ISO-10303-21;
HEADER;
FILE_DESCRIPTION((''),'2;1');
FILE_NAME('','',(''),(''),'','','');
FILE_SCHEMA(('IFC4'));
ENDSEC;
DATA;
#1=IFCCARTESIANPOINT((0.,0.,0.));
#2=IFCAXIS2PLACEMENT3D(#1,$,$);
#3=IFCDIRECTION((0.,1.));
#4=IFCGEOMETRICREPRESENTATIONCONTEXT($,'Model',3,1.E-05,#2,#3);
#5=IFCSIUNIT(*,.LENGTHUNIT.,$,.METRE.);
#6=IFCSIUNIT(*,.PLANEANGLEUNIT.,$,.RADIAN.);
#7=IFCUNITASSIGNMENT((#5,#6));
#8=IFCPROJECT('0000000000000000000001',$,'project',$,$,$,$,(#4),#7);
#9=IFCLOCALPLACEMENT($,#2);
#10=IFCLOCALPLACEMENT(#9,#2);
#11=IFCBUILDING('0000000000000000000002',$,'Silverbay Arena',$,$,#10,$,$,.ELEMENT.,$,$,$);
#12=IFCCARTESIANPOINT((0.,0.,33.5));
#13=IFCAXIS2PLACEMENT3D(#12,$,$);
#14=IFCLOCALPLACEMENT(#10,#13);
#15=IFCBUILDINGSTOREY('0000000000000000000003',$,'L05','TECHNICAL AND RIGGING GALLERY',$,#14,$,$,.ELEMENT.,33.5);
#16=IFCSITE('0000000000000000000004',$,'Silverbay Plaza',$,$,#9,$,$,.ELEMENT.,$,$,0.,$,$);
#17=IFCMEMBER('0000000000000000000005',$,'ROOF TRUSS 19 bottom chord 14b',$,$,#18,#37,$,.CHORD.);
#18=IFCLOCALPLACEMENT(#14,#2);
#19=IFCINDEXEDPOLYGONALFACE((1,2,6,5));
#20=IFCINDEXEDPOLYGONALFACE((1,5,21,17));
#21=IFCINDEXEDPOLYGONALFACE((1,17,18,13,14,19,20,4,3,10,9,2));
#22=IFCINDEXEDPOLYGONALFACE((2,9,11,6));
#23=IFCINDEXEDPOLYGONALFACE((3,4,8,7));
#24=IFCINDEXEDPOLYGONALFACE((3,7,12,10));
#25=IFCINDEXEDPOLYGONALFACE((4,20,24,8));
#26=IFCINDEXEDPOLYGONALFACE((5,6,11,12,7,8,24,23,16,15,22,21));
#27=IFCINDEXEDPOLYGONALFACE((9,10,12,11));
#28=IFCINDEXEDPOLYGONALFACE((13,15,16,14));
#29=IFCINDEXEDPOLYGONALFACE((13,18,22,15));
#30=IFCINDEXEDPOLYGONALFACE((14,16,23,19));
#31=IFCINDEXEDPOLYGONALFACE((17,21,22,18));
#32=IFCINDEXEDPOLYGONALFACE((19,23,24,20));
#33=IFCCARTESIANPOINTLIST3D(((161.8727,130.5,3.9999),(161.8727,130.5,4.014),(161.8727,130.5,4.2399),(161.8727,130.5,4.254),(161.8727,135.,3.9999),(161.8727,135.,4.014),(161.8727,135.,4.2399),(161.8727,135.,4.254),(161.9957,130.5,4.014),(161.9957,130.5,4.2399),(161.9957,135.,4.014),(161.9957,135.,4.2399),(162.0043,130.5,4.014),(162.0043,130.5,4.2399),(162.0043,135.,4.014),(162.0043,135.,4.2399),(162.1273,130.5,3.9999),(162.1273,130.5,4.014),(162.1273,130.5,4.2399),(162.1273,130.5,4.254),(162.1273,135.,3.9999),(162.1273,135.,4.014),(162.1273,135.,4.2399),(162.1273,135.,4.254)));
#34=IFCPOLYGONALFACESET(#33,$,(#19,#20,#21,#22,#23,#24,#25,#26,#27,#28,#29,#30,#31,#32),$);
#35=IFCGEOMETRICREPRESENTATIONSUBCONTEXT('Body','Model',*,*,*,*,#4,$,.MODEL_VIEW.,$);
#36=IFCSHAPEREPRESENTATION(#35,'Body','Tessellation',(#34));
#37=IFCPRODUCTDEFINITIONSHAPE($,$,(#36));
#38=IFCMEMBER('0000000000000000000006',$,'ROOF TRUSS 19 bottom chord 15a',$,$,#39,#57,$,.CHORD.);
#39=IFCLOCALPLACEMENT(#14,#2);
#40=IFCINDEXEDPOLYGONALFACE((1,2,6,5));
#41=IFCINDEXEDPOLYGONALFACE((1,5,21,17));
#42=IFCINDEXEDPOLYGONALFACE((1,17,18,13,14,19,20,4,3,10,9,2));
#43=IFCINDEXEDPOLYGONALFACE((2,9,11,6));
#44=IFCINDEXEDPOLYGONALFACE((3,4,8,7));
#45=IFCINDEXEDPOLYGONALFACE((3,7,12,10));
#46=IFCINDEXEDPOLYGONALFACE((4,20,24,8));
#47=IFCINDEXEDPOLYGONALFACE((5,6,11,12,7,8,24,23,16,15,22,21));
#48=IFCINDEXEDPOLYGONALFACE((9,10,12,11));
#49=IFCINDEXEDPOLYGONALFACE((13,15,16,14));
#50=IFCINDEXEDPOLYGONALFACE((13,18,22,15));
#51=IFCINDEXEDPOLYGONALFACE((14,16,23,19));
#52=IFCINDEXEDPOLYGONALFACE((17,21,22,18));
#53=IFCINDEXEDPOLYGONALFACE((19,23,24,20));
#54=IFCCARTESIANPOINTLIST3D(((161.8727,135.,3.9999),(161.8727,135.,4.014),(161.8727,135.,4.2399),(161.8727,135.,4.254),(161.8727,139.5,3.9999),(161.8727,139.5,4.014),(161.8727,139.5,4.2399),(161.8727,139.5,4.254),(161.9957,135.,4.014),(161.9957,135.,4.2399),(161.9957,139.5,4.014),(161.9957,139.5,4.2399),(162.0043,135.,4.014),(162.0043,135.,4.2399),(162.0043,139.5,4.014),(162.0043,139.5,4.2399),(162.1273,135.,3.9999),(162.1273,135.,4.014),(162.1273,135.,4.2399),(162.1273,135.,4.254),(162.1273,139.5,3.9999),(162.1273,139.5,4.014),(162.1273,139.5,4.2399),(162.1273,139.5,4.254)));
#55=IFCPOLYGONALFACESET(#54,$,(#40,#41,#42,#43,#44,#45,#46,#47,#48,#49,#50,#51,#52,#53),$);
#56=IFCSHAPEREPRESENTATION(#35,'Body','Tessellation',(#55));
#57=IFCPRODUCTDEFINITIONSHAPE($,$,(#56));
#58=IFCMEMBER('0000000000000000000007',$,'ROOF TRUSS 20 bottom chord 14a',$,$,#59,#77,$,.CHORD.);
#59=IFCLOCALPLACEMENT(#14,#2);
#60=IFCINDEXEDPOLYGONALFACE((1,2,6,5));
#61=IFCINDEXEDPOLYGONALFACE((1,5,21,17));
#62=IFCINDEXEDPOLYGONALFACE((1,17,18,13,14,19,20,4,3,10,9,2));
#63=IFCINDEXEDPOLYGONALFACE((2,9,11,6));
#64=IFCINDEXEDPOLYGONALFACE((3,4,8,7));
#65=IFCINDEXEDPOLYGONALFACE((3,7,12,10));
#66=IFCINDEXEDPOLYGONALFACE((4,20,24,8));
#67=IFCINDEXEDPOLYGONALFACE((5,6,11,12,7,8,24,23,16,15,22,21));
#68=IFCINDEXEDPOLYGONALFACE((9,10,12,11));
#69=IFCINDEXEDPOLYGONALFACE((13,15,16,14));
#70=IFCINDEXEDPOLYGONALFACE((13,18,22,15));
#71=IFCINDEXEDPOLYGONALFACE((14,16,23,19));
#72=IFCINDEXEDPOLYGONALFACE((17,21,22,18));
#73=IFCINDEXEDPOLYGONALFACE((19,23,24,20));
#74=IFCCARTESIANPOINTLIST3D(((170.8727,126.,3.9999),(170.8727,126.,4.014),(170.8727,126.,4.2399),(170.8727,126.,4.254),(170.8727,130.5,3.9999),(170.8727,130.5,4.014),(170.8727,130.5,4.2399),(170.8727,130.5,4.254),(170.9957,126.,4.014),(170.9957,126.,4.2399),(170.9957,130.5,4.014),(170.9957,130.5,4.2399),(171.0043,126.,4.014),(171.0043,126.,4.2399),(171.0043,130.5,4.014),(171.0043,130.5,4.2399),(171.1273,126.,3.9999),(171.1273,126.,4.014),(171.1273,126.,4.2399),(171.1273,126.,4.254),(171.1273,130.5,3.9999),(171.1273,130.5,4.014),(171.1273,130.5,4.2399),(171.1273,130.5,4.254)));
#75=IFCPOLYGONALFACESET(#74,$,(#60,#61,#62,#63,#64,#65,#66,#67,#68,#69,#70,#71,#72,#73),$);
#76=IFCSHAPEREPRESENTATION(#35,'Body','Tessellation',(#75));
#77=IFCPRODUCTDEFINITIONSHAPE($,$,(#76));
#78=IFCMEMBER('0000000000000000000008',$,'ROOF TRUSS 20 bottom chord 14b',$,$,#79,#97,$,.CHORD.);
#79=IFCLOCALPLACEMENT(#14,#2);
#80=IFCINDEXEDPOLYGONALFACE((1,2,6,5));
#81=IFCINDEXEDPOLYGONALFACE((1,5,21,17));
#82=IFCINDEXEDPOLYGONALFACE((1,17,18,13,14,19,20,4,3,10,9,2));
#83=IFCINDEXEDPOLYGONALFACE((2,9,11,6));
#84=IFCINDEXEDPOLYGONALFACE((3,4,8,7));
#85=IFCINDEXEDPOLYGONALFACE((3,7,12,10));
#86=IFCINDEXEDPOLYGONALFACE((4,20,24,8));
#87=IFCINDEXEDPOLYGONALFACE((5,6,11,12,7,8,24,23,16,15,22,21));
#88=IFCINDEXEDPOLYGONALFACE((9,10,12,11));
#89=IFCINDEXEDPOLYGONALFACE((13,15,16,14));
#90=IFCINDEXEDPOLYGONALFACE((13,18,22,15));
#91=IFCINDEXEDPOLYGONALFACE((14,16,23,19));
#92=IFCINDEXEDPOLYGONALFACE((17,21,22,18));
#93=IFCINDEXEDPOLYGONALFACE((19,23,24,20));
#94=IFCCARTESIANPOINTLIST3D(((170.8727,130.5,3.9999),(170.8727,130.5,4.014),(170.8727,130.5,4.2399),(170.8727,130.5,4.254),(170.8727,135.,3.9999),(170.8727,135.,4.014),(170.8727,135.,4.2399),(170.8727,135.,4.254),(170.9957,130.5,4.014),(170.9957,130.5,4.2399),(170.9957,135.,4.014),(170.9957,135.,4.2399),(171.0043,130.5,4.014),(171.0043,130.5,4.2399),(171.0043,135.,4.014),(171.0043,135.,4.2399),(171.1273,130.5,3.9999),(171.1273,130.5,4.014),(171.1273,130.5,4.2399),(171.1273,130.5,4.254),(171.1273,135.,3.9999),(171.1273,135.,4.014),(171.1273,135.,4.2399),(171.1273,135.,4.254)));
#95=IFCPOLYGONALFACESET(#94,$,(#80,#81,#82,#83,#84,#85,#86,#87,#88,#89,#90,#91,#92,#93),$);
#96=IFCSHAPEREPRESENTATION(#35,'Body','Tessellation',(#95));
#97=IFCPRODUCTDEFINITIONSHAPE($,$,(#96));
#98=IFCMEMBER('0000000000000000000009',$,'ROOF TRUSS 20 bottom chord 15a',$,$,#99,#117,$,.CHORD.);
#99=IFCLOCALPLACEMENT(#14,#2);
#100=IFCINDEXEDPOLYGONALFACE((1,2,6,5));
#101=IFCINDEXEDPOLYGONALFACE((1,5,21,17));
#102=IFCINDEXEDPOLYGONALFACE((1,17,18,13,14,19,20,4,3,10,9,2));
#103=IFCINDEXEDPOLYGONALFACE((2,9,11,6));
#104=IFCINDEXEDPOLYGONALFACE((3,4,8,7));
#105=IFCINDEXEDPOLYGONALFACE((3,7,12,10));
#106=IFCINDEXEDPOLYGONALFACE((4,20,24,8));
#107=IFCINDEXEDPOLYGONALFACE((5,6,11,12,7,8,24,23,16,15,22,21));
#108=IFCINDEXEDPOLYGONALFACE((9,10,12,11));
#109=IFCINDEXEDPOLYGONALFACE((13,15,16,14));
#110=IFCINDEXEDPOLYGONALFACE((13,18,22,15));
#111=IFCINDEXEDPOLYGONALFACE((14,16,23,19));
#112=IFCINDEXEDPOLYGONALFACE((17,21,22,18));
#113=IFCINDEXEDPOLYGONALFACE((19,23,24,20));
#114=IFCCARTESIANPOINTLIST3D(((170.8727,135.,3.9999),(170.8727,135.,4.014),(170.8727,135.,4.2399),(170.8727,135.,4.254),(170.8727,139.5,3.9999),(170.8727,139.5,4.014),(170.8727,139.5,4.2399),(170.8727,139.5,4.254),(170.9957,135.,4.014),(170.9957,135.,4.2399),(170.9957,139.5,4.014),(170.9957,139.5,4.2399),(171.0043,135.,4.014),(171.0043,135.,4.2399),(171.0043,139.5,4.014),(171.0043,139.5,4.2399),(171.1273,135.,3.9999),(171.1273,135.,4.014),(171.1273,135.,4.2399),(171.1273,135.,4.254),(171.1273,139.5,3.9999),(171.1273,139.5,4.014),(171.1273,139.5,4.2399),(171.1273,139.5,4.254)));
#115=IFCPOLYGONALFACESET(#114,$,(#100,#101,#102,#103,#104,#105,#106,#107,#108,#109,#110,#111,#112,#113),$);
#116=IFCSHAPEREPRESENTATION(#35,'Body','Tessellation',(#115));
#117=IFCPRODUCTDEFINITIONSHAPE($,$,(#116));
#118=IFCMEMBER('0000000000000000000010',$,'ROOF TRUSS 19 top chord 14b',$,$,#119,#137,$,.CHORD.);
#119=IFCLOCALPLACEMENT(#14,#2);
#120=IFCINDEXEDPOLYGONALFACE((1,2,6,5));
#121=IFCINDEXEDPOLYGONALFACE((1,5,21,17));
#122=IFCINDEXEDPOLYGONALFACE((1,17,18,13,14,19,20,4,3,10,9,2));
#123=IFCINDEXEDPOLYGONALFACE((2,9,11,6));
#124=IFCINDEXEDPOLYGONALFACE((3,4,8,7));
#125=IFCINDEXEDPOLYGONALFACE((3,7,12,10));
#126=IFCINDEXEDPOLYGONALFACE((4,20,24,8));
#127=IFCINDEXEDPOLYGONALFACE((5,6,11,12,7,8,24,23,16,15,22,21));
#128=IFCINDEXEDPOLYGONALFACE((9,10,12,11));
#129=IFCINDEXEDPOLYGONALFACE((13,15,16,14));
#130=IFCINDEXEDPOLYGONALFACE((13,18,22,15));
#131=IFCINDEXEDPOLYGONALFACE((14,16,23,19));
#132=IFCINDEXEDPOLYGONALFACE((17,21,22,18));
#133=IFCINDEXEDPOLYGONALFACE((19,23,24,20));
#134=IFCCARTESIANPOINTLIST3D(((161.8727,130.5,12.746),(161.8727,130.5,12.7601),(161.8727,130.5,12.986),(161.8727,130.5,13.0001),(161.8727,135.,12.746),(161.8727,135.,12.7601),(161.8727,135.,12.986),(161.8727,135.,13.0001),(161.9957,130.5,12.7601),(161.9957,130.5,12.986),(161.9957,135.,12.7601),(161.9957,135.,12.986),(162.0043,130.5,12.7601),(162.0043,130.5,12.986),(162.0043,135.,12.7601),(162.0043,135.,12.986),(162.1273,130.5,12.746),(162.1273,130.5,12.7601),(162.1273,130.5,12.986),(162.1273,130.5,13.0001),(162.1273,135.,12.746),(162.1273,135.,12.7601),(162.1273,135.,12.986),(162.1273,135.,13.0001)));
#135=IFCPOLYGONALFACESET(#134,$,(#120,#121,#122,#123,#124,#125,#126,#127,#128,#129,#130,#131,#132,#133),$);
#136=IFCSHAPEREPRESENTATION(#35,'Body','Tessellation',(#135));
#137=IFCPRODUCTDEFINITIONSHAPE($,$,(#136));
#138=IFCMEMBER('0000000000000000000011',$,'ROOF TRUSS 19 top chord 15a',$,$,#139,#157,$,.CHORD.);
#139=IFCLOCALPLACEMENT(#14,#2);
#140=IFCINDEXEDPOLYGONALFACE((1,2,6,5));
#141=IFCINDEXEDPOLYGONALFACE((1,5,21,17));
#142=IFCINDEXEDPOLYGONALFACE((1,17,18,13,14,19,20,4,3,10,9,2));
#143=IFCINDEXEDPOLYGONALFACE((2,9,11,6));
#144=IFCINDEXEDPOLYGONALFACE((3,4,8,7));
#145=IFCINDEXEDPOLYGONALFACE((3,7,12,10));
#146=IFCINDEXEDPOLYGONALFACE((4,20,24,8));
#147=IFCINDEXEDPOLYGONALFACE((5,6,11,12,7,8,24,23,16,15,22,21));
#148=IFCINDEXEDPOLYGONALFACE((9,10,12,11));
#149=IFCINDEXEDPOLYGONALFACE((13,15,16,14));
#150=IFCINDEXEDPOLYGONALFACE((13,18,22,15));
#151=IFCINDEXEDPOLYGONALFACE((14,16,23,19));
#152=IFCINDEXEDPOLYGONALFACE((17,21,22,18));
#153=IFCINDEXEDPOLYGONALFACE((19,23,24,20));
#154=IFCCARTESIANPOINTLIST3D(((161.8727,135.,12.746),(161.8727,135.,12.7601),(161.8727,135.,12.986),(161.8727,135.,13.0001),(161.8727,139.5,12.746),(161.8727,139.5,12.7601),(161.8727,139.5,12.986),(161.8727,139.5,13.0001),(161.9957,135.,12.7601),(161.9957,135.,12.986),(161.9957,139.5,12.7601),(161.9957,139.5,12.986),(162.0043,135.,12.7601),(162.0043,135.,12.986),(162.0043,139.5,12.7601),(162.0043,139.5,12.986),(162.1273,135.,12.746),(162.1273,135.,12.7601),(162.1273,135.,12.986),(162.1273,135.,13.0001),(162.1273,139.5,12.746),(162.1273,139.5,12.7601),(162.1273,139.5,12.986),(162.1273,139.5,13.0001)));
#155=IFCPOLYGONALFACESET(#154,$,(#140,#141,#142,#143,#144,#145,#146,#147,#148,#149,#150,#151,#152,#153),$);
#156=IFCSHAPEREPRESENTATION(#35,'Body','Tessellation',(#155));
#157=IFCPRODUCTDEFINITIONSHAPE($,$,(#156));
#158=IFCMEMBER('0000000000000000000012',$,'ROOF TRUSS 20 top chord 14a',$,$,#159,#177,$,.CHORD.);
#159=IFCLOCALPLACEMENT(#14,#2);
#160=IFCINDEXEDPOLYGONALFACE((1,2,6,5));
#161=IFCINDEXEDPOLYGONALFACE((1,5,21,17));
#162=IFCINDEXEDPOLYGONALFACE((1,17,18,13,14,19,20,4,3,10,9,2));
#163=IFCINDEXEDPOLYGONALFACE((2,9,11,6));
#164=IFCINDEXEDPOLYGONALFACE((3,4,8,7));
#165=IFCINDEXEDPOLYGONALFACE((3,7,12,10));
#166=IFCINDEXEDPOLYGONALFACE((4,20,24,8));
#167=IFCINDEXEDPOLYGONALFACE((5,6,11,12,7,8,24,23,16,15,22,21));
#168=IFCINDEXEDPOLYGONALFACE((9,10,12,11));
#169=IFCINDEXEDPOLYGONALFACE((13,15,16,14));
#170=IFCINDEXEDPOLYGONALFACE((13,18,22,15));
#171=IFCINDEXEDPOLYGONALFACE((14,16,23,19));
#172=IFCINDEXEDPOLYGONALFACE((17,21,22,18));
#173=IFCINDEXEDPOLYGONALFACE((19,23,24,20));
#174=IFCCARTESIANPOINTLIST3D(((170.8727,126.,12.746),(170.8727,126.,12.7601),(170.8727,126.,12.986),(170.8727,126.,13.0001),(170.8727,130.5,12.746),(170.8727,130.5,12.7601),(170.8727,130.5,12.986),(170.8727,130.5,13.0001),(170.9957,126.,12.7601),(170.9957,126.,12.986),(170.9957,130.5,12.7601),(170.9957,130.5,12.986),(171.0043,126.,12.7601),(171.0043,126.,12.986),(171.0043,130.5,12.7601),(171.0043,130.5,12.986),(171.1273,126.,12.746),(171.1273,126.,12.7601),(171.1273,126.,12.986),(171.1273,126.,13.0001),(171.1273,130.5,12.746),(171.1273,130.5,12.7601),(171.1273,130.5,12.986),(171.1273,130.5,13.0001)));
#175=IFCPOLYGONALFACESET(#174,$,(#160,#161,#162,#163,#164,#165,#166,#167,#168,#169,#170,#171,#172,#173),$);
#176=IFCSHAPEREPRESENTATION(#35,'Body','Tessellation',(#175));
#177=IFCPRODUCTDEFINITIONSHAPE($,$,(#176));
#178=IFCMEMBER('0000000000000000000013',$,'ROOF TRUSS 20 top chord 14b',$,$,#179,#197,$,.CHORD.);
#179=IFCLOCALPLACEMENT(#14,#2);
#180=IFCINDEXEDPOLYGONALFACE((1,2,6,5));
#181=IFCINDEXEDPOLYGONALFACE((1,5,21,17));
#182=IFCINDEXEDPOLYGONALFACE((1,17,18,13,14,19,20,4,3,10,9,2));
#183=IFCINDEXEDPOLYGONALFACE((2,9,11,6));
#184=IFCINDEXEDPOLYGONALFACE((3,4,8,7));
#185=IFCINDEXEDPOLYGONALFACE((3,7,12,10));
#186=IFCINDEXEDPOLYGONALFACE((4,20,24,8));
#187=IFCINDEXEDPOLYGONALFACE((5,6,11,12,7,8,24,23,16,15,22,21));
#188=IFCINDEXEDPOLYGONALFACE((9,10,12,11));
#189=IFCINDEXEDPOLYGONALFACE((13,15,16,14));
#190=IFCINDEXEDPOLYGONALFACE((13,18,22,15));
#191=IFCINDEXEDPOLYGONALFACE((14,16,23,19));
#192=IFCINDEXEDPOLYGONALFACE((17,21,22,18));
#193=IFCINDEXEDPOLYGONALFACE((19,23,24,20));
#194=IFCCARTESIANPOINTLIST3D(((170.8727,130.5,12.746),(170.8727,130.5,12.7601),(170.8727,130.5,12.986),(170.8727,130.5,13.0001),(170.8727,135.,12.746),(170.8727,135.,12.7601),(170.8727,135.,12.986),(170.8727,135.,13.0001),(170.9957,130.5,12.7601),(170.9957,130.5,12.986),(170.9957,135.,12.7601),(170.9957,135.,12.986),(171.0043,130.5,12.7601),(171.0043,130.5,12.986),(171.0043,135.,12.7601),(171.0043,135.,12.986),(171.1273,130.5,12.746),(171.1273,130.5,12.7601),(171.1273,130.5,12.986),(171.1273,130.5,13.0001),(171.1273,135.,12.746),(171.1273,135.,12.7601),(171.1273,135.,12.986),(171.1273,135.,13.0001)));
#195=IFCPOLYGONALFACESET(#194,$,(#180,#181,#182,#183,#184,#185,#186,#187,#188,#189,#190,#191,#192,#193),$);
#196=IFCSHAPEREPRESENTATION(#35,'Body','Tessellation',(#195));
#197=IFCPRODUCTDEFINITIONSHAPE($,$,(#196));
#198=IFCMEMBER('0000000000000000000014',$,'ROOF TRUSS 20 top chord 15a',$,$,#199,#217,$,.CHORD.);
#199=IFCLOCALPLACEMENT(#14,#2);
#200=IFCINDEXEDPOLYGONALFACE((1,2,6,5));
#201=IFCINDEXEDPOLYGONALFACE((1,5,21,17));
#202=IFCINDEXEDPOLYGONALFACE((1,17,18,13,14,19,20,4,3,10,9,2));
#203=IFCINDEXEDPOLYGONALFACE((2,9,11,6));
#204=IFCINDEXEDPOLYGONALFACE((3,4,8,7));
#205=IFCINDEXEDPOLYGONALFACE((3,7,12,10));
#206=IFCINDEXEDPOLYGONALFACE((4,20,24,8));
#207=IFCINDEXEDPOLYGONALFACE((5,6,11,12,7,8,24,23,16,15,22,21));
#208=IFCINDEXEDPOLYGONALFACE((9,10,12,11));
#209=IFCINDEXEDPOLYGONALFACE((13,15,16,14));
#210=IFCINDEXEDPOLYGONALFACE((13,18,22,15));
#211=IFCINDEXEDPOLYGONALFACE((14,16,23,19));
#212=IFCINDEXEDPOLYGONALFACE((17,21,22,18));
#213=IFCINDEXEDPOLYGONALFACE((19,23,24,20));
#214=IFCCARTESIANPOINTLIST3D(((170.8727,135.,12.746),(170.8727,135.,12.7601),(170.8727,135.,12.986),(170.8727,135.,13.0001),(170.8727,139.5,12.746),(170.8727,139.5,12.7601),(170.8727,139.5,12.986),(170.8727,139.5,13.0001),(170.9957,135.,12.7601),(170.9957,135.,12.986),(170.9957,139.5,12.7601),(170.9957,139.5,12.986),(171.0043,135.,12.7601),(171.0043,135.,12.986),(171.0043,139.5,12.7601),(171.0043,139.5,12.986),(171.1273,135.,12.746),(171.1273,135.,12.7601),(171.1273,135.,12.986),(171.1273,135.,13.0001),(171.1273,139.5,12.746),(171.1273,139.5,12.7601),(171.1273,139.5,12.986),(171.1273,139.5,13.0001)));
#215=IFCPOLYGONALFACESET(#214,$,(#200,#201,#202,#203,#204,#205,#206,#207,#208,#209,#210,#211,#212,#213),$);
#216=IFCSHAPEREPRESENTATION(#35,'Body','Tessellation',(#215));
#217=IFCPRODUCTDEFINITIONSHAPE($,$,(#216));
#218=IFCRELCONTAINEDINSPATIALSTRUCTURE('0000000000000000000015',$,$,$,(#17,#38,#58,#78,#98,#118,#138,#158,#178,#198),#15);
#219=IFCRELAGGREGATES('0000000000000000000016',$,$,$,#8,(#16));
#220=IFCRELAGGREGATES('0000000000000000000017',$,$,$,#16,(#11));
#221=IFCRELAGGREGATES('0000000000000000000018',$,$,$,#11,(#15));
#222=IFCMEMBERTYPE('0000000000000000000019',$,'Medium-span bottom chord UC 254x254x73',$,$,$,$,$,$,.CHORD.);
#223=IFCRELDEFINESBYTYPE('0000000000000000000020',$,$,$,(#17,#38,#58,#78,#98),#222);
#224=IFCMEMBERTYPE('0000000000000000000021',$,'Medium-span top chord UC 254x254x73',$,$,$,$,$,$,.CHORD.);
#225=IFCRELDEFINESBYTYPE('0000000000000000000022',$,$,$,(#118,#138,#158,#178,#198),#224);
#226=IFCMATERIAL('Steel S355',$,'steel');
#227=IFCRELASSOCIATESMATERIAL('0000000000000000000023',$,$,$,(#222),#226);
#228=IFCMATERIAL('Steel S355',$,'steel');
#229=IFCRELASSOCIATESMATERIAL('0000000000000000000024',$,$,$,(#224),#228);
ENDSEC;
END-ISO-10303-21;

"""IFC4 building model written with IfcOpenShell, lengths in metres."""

from ifc_helpers import new_model, si_unit, direction, frame, origin, origin_2d, place, context, subcontext, project, spatial, i_section, extrude, material, material_profile, profile_set, type_object, element, save


model = new_model("IFC4")

# Units and contexts
model_context = context("Model", 3, precision=1e-05, world=origin(), true_north=direction((0.0, 1.0)))
body_context = subcontext(model_context, "Body", "Model", "MODEL_VIEW")
ifc_project = project(units=[si_unit("LENGTHUNIT", "METRE"), si_unit("PLANEANGLEUNIT", "RADIAN")], contexts=[model_context])

# Site, building, storey
site_placement = place(None, origin())
site = spatial("IfcSite", under=ifc_project, at=site_placement, Name="Silverbay Plaza", CompositionType="ELEMENT", RefElevation=0.0)
building_placement = place(site_placement, origin())
building = spatial("IfcBuilding", under=site, at=building_placement, Name="Silverbay Arena", CompositionType="ELEMENT")
storey_placement = place(building_placement, frame((0.0, 0.0, 33.5)))
storey = spatial("IfcBuildingStorey", under=building, at=storey_placement, Name="L05", Description="TECHNICAL AND RIGGING GALLERY", CompositionType="ELEMENT", Elevation=33.5)

# Members
ifc_material_1 = material(Name="Steel S355", Category="steel")
ifc_material_profile_1 = material_profile(ifc_material_1, i_section(OverallWidth=0.2546, OverallDepth=0.2542, WebThickness=0.0085, FlangeThickness=0.0142, at=origin_2d()), Name="UC 254x254x73")
ifc_profile_set_1 = profile_set([ifc_material_profile_1], Name="Steel S355")
member_type_1 = type_object("IfcMemberType", Name="Medium-span bottom chord UC 254x254x73", PredefinedType="CHORD", material=ifc_profile_set_1)
for number, where, z_axis, x_axis, name in (
    (1, (162.0, 130.5, 4.127), (0.0, 1.0, 0.0), (-1.0, 0.0, 0.0), "ROOF TRUSS 19 bottom chord 14b"),
    (2, (162.0, 135.0, 4.127), (0.0, 1.0, 0.0), (-1.0, 0.0, 0.0), "ROOF TRUSS 19 bottom chord 15a"),
    (3, (171.0, 126.0, 4.127), (0.0, 1.0, 0.0), (-1.0, 0.0, 0.0), "ROOF TRUSS 20 bottom chord 14a"),
    (4, (171.0, 130.5, 4.127), (0.0, 1.0, 0.0), (-1.0, 0.0, 0.0), "ROOF TRUSS 20 bottom chord 14b"),
    (5, (171.0, 135.0, 4.127), (0.0, 1.0, 0.0), (-1.0, 0.0, 0.0), "ROOF TRUSS 20 bottom chord 15a"),
):
    element("IfcMember", number, at=place(storey_placement, frame(where, z_axis=z_axis, x_axis=x_axis)), inside=storey, type_object=member_type_1, Name=name, PredefinedType="CHORD", context=body_context, shape_type="SweptSolid", body=[
        extrude(i_section(OverallWidth=0.2546, OverallDepth=0.2542, WebThickness=0.0085, FlangeThickness=0.0142, at=origin_2d()), origin(), (0.0, 0.0, 1.0), 4.5),
    ])
ifc_material_2 = material(Name="Steel S355", Category="steel")
ifc_material_profile_2 = material_profile(ifc_material_2, i_section(OverallWidth=0.2546, OverallDepth=0.2542, WebThickness=0.0085, FlangeThickness=0.0142, at=origin_2d()), Name="UC 254x254x73")
ifc_profile_set_2 = profile_set([ifc_material_profile_2], Name="Steel S355")
member_type_2 = type_object("IfcMemberType", Name="Medium-span top chord UC 254x254x73", PredefinedType="CHORD", material=ifc_profile_set_2)
for number, where, z_axis, x_axis, name in (
    (6, (162.0, 130.5, 12.873), (0.0, 1.0, 0.0), (-1.0, 0.0, 0.0), "ROOF TRUSS 19 top chord 14b"),
    (7, (162.0, 135.0, 12.873), (0.0, 1.0, 0.0), (-1.0, 0.0, 0.0), "ROOF TRUSS 19 top chord 15a"),
    (8, (171.0, 126.0, 12.873), (0.0, 1.0, 0.0), (-1.0, 0.0, 0.0), "ROOF TRUSS 20 top chord 14a"),
    (9, (171.0, 130.5, 12.873), (0.0, 1.0, 0.0), (-1.0, 0.0, 0.0), "ROOF TRUSS 20 top chord 14b"),
    (10, (171.0, 135.0, 12.873), (0.0, 1.0, 0.0), (-1.0, 0.0, 0.0), "ROOF TRUSS 20 top chord 15a"),
):
    element("IfcMember", number, at=place(storey_placement, frame(where, z_axis=z_axis, x_axis=x_axis)), inside=storey, type_object=member_type_2, Name=name, PredefinedType="CHORD", context=body_context, shape_type="SweptSolid", body=[
        extrude(i_section(OverallWidth=0.2546, OverallDepth=0.2542, WebThickness=0.0085, FlangeThickness=0.0142, at=origin_2d()), origin(), (0.0, 0.0, 1.0), 4.5),
    ])

save(model, "model.ifc")
